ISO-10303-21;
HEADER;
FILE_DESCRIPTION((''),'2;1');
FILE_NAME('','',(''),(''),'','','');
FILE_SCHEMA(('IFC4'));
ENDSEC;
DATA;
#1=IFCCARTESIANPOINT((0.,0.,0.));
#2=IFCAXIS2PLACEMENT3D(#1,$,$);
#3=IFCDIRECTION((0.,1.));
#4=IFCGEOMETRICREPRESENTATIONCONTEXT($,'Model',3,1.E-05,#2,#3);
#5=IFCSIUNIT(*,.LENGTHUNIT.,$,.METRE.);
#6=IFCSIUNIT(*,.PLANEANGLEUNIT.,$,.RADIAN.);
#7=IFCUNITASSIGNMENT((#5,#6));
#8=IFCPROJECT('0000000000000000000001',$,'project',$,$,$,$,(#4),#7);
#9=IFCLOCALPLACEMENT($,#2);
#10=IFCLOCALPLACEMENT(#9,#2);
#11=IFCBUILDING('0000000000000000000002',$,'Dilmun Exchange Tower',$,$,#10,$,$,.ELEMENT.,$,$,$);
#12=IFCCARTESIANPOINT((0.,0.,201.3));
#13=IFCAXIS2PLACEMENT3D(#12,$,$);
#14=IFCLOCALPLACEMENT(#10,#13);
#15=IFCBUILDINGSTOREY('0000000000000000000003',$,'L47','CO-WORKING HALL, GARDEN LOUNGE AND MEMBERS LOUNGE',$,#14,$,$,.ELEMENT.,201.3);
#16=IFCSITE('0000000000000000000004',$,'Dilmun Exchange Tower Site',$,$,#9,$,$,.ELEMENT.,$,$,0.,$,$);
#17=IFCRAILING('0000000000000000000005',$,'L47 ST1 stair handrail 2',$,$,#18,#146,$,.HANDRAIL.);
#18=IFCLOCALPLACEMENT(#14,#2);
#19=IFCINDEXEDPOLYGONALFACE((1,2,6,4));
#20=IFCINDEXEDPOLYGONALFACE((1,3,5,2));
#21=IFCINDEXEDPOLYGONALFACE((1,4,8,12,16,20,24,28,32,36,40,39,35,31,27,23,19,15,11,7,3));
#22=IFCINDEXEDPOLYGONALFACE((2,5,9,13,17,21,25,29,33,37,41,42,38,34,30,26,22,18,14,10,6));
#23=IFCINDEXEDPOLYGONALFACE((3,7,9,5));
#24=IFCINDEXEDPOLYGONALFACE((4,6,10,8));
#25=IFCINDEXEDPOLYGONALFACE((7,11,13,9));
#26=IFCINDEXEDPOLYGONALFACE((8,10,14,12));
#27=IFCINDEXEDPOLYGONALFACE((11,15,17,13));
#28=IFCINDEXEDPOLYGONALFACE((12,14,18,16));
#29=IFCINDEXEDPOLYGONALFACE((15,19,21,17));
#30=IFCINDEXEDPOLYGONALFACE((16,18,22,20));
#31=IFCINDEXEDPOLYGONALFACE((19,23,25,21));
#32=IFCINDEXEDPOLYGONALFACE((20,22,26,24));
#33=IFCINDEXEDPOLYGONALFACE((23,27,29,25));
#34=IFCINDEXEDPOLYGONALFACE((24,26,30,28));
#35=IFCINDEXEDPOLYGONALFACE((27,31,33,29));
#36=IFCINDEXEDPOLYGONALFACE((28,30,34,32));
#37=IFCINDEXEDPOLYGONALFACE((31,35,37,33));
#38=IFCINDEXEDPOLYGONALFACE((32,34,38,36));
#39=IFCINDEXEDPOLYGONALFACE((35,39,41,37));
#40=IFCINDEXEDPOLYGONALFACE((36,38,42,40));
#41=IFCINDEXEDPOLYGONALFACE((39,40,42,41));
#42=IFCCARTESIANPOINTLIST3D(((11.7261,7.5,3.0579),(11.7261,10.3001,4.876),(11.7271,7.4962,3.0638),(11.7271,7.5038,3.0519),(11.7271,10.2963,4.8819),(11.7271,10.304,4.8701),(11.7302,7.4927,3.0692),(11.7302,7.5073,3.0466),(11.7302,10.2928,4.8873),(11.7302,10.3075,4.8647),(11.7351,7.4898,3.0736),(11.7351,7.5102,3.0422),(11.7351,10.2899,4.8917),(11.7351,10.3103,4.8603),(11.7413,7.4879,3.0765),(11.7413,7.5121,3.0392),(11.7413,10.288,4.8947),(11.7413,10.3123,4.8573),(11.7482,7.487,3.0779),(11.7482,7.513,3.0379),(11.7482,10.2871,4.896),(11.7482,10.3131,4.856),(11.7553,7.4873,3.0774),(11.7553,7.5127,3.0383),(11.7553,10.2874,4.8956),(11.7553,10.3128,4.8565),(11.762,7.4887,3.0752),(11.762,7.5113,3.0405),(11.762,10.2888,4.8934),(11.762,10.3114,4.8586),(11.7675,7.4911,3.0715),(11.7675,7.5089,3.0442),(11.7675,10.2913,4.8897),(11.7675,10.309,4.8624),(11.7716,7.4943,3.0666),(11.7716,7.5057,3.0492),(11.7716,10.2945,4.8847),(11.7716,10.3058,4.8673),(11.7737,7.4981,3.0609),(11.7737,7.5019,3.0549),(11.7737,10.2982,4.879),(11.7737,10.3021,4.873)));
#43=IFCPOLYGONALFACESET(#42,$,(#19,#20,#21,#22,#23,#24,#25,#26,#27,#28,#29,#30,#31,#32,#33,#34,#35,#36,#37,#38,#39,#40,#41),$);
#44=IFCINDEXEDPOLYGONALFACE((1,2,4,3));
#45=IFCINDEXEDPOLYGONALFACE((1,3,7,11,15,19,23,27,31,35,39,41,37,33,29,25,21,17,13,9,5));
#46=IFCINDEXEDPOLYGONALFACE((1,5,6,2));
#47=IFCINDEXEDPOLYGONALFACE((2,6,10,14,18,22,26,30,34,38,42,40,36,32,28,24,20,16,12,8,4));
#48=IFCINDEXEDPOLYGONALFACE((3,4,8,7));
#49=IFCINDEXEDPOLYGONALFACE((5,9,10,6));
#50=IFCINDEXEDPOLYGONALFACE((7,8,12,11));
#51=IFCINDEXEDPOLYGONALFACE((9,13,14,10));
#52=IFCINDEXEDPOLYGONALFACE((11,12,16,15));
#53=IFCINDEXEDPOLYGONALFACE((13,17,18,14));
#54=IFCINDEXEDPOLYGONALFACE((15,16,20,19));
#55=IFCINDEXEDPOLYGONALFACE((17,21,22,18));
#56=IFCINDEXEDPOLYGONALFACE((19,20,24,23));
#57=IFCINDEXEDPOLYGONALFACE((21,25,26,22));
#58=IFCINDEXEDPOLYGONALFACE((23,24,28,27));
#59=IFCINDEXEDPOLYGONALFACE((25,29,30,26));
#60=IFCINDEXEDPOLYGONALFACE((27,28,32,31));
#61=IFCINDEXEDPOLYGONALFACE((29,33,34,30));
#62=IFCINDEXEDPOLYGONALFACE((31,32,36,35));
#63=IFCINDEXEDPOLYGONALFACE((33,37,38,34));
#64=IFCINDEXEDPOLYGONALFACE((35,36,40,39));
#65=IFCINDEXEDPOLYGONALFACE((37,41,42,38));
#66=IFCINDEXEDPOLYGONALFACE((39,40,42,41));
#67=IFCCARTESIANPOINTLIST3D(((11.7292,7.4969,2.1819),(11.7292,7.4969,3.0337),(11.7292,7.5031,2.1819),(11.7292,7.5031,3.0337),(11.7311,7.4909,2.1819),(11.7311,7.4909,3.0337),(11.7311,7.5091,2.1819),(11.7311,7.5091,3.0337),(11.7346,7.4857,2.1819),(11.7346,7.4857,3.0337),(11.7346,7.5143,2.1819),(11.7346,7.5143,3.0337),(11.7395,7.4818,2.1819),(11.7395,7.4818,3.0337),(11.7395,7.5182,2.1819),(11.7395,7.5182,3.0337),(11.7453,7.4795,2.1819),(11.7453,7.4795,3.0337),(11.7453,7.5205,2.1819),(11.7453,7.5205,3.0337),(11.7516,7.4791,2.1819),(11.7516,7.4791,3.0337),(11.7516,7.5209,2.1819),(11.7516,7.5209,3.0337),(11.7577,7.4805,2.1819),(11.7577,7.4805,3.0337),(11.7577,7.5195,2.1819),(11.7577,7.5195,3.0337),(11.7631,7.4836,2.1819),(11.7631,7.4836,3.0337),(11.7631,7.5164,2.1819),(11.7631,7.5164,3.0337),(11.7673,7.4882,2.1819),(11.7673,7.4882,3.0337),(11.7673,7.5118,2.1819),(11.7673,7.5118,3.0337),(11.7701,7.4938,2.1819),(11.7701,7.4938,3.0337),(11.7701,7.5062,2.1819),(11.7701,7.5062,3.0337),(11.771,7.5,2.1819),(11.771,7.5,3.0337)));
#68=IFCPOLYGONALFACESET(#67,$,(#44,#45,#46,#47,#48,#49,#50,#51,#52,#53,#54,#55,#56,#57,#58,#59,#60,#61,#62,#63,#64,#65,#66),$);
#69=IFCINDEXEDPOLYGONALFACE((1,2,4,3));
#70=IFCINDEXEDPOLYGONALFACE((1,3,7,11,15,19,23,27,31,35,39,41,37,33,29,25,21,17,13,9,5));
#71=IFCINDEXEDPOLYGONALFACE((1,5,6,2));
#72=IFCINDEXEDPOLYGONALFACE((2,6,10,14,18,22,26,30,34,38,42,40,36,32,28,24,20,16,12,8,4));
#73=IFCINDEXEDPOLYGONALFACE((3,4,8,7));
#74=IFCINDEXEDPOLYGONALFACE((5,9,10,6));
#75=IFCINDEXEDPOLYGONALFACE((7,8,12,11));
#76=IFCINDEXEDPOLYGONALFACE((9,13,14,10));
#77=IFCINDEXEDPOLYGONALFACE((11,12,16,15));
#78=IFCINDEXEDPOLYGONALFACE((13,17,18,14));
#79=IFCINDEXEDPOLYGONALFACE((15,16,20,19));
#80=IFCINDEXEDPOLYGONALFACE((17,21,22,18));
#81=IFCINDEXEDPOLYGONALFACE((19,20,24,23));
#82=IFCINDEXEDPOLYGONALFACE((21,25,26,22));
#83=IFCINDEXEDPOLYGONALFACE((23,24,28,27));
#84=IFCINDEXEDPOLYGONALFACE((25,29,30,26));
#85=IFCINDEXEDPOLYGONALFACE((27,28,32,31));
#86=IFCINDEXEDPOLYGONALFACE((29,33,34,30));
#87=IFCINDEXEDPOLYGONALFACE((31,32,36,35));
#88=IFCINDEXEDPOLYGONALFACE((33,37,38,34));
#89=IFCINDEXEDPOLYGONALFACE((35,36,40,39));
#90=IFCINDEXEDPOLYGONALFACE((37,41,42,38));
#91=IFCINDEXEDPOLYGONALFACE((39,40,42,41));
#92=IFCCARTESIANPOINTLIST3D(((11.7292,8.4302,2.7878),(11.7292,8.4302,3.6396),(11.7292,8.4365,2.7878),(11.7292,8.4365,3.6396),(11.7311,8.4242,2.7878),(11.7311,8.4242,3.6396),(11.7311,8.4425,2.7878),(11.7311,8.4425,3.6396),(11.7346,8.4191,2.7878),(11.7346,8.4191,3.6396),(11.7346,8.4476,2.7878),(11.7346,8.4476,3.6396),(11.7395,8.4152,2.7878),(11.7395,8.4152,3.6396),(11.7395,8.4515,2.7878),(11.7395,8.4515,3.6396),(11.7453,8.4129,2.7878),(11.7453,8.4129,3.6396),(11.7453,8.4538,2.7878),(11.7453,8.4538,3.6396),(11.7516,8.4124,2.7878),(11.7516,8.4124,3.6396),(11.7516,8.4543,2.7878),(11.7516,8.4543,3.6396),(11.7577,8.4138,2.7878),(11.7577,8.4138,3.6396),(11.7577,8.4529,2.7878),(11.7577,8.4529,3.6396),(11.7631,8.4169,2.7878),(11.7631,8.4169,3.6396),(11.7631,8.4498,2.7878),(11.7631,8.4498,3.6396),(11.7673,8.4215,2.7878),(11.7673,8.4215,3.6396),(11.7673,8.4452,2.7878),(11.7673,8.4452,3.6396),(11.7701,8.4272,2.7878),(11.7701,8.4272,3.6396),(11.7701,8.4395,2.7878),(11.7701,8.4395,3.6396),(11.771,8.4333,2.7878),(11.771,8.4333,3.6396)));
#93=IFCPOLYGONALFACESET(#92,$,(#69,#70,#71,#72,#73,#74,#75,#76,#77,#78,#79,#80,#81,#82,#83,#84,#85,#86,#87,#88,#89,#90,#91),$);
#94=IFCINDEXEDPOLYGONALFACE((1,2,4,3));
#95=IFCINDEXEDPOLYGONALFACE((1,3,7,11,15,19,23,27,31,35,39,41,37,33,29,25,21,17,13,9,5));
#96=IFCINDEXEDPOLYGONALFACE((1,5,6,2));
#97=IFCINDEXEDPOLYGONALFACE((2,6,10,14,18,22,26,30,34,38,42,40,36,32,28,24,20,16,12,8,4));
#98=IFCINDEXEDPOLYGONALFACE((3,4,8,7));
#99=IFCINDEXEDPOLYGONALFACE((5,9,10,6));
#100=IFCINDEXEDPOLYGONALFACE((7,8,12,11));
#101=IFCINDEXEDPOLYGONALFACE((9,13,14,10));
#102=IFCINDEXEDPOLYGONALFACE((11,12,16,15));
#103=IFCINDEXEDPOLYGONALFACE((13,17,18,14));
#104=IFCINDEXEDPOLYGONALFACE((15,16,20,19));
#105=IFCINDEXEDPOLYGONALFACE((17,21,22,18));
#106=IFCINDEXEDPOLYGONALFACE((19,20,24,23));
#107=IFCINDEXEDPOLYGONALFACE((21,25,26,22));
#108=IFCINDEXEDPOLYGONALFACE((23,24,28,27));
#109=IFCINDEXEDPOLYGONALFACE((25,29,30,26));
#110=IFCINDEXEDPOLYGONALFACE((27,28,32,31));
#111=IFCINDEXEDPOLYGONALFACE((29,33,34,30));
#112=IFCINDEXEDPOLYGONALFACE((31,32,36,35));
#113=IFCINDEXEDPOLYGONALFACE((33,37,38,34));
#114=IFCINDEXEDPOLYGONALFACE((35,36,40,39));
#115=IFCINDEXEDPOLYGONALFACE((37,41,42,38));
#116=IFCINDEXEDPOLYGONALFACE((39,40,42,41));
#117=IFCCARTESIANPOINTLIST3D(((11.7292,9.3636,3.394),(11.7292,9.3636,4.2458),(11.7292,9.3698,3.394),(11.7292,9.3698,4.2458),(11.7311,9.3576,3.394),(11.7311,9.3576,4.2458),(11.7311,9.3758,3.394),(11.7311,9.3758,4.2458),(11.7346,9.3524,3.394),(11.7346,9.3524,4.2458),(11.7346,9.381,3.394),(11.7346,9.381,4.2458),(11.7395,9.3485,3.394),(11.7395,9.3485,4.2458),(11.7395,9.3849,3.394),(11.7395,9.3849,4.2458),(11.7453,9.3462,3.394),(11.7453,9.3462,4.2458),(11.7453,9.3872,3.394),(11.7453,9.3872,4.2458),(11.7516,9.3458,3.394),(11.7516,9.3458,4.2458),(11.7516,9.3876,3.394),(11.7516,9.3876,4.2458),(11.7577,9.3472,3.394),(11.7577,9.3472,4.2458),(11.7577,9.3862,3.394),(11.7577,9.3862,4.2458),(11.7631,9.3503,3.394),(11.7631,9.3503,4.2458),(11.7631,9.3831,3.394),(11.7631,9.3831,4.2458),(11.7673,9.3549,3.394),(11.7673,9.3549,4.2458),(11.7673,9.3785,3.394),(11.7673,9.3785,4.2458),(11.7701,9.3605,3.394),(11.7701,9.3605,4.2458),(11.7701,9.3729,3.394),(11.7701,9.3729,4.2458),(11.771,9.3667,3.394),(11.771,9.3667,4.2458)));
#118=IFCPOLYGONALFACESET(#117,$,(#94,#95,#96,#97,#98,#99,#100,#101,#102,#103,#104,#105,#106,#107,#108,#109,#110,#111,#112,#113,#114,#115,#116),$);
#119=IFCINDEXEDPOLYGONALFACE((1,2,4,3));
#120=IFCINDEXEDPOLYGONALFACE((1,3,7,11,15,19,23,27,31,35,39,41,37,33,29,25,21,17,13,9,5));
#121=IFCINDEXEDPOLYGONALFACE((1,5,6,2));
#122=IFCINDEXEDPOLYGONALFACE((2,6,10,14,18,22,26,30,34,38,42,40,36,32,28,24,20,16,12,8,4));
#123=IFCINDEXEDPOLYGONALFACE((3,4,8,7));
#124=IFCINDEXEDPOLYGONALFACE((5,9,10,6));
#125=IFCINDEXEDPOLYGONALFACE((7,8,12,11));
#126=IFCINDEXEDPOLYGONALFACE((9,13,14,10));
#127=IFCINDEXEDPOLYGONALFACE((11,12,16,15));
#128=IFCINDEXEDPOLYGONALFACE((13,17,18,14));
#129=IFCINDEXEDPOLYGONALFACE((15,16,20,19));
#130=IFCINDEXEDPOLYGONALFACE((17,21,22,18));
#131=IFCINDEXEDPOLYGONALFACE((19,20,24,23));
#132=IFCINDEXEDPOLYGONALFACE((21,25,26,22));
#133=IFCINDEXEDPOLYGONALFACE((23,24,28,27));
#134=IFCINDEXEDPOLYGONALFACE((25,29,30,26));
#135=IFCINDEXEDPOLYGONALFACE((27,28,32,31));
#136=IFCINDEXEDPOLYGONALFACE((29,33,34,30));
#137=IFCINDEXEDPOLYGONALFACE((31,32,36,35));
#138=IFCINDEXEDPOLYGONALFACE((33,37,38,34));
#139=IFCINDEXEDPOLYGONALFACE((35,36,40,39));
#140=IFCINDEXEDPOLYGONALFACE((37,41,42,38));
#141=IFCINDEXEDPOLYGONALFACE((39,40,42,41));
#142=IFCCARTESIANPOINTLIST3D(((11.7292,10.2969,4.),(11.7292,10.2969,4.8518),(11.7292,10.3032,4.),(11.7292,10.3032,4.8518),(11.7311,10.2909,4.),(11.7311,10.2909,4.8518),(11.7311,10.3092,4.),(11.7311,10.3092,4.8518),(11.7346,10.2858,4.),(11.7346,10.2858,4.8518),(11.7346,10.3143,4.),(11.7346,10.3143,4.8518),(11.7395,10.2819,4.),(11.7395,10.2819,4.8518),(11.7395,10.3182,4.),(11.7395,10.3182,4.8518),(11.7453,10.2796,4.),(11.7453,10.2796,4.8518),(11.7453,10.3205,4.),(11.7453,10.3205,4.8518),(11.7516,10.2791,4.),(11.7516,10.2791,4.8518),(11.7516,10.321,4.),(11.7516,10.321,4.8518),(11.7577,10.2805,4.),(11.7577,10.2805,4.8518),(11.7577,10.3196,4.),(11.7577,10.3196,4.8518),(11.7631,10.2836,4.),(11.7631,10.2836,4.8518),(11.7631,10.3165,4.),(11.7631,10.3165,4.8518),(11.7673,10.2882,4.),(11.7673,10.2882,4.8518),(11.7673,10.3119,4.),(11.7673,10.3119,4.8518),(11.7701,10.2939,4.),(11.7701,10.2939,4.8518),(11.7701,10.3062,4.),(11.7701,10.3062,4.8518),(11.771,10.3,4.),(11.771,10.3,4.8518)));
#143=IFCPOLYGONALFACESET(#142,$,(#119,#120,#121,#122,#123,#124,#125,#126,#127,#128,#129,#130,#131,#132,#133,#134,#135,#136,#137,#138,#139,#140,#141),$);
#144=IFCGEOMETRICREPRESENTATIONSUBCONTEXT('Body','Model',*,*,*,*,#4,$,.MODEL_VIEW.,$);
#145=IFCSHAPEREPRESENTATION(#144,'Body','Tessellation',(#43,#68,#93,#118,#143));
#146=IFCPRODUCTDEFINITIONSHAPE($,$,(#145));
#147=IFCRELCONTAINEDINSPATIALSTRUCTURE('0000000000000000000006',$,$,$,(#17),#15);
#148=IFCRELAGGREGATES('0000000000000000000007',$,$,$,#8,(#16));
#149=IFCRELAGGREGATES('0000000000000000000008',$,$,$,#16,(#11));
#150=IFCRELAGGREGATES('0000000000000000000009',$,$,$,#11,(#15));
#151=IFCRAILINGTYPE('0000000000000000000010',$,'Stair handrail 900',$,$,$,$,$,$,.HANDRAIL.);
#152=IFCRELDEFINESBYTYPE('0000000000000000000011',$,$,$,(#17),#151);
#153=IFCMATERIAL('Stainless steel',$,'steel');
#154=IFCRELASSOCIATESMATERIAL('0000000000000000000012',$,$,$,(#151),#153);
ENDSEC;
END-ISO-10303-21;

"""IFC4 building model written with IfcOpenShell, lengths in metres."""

from ifc_helpers import new_model, si_unit, direction, frame, origin, origin_2d, place, context, subcontext, project, spatial, circle, extrude, material, type_object, element, save


model = new_model("IFC4")

# Units and contexts
model_context = context("Model", 3, precision=1e-05, world=origin(), true_north=direction((0.0, 1.0)))
body_context = subcontext(model_context, "Body", "Model", "MODEL_VIEW")
ifc_project = project(units=[si_unit("LENGTHUNIT", "METRE"), si_unit("PLANEANGLEUNIT", "RADIAN")], contexts=[model_context])

# Site, building, storey
site_placement = place(None, origin())
site = spatial("IfcSite", under=ifc_project, at=site_placement, Name="Dilmun Exchange Tower Site", CompositionType="ELEMENT", RefElevation=0.0)
building_placement = place(site_placement, origin())
building = spatial("IfcBuilding", under=site, at=building_placement, Name="Dilmun Exchange Tower", CompositionType="ELEMENT")
storey_placement = place(building_placement, frame((0.0, 0.0, 201.3)))
storey = spatial("IfcBuildingStorey", under=building, at=storey_placement, Name="L47", Description="CO-WORKING HALL, GARDEN LOUNGE AND MEMBERS LOUNGE", CompositionType="ELEMENT", Elevation=201.3)

# Railing
ifc_material_1 = material(Name="Stainless steel", Category="steel")
railing_type = type_object("IfcRailingType", Name="Stair handrail 900", PredefinedType="HANDRAIL", material=ifc_material_1)
railing_placement = place(storey_placement, frame((11.75, 7.5, 2.1819)))
element("IfcRailing", 1, at=railing_placement, inside=storey, type_object=railing_type, Name="L47 ST1 stair handrail 2", PredefinedType="HANDRAIL", context=body_context, shape_type="SweptSolid", body=[
    extrude(circle(Radius=0.0239, at=origin_2d()), frame((0.0, 0.0, 0.876), z_axis=(0.0, 0.838706, 0.544585), x_axis=(-1.0, 0.0, 0.0)), (0.0, 0.0, 1.0), 3.3386),
    extrude(circle(Radius=0.021, at=origin_2d()), origin(), (0.0, 0.0, 1.0), 0.8518),
    extrude(circle(Radius=0.021, at=origin_2d()), frame((0.0, 0.9333, 0.606)), (0.0, 0.0, 1.0), 0.8518),
    extrude(circle(Radius=0.021, at=origin_2d()), frame((0.0, 1.8667, 1.2122)), (0.0, 0.0, 1.0), 0.8518),
    extrude(circle(Radius=0.021, at=origin_2d()), frame((0.0, 2.8, 1.8181)), (0.0, 0.0, 1.0), 0.8518),
])

save(model, "model.ifc")
